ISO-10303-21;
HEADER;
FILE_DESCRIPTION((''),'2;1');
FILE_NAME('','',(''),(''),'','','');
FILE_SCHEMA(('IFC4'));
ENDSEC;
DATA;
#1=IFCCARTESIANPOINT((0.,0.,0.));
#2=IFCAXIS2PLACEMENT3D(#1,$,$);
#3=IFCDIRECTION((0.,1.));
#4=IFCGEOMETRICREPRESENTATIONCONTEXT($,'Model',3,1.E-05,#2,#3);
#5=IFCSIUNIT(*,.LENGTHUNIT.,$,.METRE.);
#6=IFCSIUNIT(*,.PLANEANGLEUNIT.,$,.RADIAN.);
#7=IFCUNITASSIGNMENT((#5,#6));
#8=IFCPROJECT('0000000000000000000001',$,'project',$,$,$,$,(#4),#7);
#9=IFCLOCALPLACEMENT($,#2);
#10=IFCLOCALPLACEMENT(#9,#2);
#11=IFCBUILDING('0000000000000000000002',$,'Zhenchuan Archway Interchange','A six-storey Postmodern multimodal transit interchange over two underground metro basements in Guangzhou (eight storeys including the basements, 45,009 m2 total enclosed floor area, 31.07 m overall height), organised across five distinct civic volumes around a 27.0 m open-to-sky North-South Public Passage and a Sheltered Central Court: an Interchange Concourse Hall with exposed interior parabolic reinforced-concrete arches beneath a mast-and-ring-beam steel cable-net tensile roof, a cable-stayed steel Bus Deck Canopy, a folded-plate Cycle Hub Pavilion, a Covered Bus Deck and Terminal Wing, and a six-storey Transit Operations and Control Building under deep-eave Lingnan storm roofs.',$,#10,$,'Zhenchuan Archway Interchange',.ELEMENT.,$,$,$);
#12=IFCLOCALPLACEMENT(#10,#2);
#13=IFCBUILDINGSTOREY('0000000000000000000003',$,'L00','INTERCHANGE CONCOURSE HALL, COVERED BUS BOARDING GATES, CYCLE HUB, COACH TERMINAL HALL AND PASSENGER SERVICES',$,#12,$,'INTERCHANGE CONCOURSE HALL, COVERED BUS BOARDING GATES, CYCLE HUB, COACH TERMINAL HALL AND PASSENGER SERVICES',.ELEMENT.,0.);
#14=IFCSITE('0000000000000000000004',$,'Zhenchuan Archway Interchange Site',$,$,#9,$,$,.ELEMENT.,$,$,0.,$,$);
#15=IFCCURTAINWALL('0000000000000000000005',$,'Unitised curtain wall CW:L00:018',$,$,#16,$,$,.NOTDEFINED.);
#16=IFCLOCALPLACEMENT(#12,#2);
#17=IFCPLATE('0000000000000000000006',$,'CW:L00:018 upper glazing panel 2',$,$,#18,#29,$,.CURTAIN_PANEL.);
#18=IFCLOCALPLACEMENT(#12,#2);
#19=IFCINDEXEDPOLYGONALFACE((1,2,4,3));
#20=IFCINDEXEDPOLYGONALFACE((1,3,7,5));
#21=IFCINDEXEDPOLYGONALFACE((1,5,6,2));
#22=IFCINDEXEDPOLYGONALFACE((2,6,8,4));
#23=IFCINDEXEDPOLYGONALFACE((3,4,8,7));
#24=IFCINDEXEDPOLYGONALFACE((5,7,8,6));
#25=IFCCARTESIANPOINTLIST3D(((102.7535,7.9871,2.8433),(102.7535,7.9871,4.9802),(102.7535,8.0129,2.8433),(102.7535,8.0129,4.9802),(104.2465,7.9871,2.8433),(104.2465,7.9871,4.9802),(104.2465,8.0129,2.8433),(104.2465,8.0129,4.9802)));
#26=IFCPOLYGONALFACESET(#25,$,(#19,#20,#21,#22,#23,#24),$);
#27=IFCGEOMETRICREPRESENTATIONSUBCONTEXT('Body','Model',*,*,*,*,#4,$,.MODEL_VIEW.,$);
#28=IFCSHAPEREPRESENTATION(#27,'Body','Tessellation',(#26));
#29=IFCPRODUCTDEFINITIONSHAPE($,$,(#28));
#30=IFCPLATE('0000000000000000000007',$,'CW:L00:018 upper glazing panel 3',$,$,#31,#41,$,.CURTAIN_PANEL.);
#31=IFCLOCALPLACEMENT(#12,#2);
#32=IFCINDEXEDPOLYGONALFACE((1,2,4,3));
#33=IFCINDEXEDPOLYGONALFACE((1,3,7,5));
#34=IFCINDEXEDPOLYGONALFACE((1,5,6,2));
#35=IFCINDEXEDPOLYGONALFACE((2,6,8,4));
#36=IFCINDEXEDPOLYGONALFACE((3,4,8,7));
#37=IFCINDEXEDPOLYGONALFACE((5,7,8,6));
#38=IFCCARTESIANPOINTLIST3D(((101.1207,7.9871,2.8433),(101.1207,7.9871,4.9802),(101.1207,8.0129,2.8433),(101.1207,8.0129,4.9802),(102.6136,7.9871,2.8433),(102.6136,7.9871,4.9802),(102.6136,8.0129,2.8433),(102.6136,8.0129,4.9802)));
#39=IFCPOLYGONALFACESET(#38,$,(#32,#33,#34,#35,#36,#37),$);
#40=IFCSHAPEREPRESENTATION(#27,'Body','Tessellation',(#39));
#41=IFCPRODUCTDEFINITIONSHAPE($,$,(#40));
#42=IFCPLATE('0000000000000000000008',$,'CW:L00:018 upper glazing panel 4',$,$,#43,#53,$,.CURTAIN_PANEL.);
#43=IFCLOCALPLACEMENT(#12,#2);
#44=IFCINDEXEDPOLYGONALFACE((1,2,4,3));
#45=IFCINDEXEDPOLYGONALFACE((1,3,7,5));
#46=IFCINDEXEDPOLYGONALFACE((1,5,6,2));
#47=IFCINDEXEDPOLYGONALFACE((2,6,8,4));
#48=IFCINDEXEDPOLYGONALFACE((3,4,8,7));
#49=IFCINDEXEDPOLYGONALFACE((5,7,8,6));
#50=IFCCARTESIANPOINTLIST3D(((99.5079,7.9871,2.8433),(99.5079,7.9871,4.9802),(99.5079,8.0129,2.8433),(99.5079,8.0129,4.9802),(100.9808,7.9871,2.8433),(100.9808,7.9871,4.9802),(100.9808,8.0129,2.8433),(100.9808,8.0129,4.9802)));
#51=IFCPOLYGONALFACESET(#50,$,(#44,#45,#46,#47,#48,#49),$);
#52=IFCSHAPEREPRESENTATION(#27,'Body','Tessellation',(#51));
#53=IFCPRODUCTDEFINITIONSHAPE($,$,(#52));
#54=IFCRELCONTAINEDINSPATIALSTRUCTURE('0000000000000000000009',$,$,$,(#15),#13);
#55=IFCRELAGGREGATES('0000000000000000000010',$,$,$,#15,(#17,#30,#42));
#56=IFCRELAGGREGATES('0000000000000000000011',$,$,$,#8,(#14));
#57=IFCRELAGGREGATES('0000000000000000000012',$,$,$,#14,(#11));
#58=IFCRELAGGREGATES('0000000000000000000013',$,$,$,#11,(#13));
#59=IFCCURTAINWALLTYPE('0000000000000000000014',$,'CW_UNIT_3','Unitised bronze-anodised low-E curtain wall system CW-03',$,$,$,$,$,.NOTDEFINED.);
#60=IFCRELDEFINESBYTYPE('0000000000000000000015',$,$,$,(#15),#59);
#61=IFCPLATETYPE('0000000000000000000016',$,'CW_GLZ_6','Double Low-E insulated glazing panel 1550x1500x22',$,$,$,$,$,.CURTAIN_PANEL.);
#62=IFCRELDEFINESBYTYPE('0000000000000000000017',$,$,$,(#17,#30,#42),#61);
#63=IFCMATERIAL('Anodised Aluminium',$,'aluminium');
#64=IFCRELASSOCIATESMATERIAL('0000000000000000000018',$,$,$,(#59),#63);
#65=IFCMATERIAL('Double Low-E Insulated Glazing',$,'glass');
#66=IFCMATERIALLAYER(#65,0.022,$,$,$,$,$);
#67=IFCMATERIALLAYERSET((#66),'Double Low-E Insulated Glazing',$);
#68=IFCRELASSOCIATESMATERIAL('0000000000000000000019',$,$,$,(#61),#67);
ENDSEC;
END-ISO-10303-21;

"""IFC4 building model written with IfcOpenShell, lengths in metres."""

from ifc_helpers import new_model, si_unit, direction, frame, origin, origin_2d, place, context, subcontext, project, spatial, rectangle, extrude, material, layer, layer_set, type_object, element, aggregate, save


model = new_model("IFC4")

# Units and contexts
model_context = context("Model", 3, precision=1e-05, world=origin(), true_north=direction((0.0, 1.0)))
body_context = subcontext(model_context, "Body", "Model", "MODEL_VIEW")
ifc_project = project(units=[si_unit("LENGTHUNIT", "METRE"), si_unit("PLANEANGLEUNIT", "RADIAN")], contexts=[model_context])

# Site, building, storey
site_placement = place(None, origin())
site = spatial("IfcSite", under=ifc_project, at=site_placement, Name="Zhenchuan Archway Interchange Site", CompositionType="ELEMENT", RefElevation=0.0)
building_placement = place(site_placement, origin())
building = spatial("IfcBuilding", under=site, at=building_placement, Name="Zhenchuan Archway Interchange", Description="A six-storey Postmodern multimodal transit interchange over two underground metro basements in Guangzhou (eight storeys including the basements, 45,009 m2 total enclosed floor area, 31.07 m overall height), organised across five distinct civic volumes around a 27.0 m open-to-sky North-South Public Passage and a Sheltered Central Court: an Interchange Concourse Hall with exposed interior parabolic reinforced-concrete arches beneath a mast-and-ring-beam steel cable-net tensile roof, a cable-stayed steel Bus Deck Canopy, a folded-plate Cycle Hub Pavilion, a Covered Bus Deck and Terminal Wing, and a six-storey Transit Operations and Control Building under deep-eave Lingnan storm roofs.", LongName="Zhenchuan Archway Interchange", CompositionType="ELEMENT")
storey_placement = place(building_placement, origin())
storey = spatial("IfcBuildingStorey", under=building, at=storey_placement, Name="L00", Description="INTERCHANGE CONCOURSE HALL, COVERED BUS BOARDING GATES, CYCLE HUB, COACH TERMINAL HALL AND PASSENGER SERVICES", LongName="INTERCHANGE CONCOURSE HALL, COVERED BUS BOARDING GATES, CYCLE HUB, COACH TERMINAL HALL AND PASSENGER SERVICES", CompositionType="ELEMENT", Elevation=0.0)

# Curtain wall
ifc_material_1 = material(Name="Anodised Aluminium", Category="aluminium")
curtain_wall_type = type_object("IfcCurtainWallType", Name="CW_UNIT_3", Description="Unitised bronze-anodised low-E curtain wall system CW-03", PredefinedType="NOTDEFINED", material=ifc_material_1)
curtain_wall_placement = place(storey_placement, origin())
curtain_wall = element("IfcCurtainWall", 1, at=curtain_wall_placement, inside=storey, type_object=curtain_wall_type, Name="Unitised curtain wall CW:L00:018", PredefinedType="NOTDEFINED")

# Plates
ifc_material_2 = material(Name="Double Low-E Insulated Glazing", Category="glass")
ifc_layer_1 = layer(ifc_material_2, 0.022)
ifc_layer_set_1 = layer_set([ifc_layer_1], Name="Double Low-E Insulated Glazing")
plate_type_1 = type_object("IfcPlateType", Name="CW_GLZ_6", Description="Double Low-E insulated glazing panel 1550x1500x22", PredefinedType="CURTAIN_PANEL", material=ifc_layer_set_1)
plate_1_placement = place(storey_placement, frame((103.5, 8.0, 2.8433), z_axis=(0.0, 0.0, 1.0), x_axis=(-1.0, 0.0, 0.0)))
plate_1 = element("IfcPlate", 2, at=plate_1_placement, type_object=plate_type_1, Name="CW:L00:018 upper glazing panel 2", PredefinedType="CURTAIN_PANEL", context=body_context, shape_type="SweptSolid", body=[
    extrude(rectangle(XDim=1.4929, YDim=0.0259, at=origin_2d()), origin(), (0.0, 0.0, 1.0), 2.137),
])
plate_2_placement = place(storey_placement, frame((101.8672, 8.0, 2.8433), z_axis=(0.0, 0.0, 1.0), x_axis=(-1.0, 0.0, 0.0)))
plate_2 = element("IfcPlate", 3, at=plate_2_placement, type_object=plate_type_1, Name="CW:L00:018 upper glazing panel 3", PredefinedType="CURTAIN_PANEL", context=body_context, shape_type="SweptSolid", body=[
    extrude(rectangle(XDim=1.4929, YDim=0.0259, at=origin_2d()), origin(), (0.0, 0.0, 1.0), 2.137),
])
plate_3_placement = place(storey_placement, frame((100.2444, 8.0, 2.8433), z_axis=(0.0, 0.0, 1.0), x_axis=(-1.0, 0.0, 0.0)))
plate_3 = element("IfcPlate", 4, at=plate_3_placement, type_object=plate_type_1, Name="CW:L00:018 upper glazing panel 4", PredefinedType="CURTAIN_PANEL", context=body_context, shape_type="SweptSolid", body=[
    extrude(rectangle(XDim=1.4729, YDim=0.0259, at=origin_2d()), origin(), (0.0, 0.0, 1.0), 2.137),
])
aggregate(curtain_wall, [plate_1, plate_2, plate_3])

save(model, "model.ifc")
